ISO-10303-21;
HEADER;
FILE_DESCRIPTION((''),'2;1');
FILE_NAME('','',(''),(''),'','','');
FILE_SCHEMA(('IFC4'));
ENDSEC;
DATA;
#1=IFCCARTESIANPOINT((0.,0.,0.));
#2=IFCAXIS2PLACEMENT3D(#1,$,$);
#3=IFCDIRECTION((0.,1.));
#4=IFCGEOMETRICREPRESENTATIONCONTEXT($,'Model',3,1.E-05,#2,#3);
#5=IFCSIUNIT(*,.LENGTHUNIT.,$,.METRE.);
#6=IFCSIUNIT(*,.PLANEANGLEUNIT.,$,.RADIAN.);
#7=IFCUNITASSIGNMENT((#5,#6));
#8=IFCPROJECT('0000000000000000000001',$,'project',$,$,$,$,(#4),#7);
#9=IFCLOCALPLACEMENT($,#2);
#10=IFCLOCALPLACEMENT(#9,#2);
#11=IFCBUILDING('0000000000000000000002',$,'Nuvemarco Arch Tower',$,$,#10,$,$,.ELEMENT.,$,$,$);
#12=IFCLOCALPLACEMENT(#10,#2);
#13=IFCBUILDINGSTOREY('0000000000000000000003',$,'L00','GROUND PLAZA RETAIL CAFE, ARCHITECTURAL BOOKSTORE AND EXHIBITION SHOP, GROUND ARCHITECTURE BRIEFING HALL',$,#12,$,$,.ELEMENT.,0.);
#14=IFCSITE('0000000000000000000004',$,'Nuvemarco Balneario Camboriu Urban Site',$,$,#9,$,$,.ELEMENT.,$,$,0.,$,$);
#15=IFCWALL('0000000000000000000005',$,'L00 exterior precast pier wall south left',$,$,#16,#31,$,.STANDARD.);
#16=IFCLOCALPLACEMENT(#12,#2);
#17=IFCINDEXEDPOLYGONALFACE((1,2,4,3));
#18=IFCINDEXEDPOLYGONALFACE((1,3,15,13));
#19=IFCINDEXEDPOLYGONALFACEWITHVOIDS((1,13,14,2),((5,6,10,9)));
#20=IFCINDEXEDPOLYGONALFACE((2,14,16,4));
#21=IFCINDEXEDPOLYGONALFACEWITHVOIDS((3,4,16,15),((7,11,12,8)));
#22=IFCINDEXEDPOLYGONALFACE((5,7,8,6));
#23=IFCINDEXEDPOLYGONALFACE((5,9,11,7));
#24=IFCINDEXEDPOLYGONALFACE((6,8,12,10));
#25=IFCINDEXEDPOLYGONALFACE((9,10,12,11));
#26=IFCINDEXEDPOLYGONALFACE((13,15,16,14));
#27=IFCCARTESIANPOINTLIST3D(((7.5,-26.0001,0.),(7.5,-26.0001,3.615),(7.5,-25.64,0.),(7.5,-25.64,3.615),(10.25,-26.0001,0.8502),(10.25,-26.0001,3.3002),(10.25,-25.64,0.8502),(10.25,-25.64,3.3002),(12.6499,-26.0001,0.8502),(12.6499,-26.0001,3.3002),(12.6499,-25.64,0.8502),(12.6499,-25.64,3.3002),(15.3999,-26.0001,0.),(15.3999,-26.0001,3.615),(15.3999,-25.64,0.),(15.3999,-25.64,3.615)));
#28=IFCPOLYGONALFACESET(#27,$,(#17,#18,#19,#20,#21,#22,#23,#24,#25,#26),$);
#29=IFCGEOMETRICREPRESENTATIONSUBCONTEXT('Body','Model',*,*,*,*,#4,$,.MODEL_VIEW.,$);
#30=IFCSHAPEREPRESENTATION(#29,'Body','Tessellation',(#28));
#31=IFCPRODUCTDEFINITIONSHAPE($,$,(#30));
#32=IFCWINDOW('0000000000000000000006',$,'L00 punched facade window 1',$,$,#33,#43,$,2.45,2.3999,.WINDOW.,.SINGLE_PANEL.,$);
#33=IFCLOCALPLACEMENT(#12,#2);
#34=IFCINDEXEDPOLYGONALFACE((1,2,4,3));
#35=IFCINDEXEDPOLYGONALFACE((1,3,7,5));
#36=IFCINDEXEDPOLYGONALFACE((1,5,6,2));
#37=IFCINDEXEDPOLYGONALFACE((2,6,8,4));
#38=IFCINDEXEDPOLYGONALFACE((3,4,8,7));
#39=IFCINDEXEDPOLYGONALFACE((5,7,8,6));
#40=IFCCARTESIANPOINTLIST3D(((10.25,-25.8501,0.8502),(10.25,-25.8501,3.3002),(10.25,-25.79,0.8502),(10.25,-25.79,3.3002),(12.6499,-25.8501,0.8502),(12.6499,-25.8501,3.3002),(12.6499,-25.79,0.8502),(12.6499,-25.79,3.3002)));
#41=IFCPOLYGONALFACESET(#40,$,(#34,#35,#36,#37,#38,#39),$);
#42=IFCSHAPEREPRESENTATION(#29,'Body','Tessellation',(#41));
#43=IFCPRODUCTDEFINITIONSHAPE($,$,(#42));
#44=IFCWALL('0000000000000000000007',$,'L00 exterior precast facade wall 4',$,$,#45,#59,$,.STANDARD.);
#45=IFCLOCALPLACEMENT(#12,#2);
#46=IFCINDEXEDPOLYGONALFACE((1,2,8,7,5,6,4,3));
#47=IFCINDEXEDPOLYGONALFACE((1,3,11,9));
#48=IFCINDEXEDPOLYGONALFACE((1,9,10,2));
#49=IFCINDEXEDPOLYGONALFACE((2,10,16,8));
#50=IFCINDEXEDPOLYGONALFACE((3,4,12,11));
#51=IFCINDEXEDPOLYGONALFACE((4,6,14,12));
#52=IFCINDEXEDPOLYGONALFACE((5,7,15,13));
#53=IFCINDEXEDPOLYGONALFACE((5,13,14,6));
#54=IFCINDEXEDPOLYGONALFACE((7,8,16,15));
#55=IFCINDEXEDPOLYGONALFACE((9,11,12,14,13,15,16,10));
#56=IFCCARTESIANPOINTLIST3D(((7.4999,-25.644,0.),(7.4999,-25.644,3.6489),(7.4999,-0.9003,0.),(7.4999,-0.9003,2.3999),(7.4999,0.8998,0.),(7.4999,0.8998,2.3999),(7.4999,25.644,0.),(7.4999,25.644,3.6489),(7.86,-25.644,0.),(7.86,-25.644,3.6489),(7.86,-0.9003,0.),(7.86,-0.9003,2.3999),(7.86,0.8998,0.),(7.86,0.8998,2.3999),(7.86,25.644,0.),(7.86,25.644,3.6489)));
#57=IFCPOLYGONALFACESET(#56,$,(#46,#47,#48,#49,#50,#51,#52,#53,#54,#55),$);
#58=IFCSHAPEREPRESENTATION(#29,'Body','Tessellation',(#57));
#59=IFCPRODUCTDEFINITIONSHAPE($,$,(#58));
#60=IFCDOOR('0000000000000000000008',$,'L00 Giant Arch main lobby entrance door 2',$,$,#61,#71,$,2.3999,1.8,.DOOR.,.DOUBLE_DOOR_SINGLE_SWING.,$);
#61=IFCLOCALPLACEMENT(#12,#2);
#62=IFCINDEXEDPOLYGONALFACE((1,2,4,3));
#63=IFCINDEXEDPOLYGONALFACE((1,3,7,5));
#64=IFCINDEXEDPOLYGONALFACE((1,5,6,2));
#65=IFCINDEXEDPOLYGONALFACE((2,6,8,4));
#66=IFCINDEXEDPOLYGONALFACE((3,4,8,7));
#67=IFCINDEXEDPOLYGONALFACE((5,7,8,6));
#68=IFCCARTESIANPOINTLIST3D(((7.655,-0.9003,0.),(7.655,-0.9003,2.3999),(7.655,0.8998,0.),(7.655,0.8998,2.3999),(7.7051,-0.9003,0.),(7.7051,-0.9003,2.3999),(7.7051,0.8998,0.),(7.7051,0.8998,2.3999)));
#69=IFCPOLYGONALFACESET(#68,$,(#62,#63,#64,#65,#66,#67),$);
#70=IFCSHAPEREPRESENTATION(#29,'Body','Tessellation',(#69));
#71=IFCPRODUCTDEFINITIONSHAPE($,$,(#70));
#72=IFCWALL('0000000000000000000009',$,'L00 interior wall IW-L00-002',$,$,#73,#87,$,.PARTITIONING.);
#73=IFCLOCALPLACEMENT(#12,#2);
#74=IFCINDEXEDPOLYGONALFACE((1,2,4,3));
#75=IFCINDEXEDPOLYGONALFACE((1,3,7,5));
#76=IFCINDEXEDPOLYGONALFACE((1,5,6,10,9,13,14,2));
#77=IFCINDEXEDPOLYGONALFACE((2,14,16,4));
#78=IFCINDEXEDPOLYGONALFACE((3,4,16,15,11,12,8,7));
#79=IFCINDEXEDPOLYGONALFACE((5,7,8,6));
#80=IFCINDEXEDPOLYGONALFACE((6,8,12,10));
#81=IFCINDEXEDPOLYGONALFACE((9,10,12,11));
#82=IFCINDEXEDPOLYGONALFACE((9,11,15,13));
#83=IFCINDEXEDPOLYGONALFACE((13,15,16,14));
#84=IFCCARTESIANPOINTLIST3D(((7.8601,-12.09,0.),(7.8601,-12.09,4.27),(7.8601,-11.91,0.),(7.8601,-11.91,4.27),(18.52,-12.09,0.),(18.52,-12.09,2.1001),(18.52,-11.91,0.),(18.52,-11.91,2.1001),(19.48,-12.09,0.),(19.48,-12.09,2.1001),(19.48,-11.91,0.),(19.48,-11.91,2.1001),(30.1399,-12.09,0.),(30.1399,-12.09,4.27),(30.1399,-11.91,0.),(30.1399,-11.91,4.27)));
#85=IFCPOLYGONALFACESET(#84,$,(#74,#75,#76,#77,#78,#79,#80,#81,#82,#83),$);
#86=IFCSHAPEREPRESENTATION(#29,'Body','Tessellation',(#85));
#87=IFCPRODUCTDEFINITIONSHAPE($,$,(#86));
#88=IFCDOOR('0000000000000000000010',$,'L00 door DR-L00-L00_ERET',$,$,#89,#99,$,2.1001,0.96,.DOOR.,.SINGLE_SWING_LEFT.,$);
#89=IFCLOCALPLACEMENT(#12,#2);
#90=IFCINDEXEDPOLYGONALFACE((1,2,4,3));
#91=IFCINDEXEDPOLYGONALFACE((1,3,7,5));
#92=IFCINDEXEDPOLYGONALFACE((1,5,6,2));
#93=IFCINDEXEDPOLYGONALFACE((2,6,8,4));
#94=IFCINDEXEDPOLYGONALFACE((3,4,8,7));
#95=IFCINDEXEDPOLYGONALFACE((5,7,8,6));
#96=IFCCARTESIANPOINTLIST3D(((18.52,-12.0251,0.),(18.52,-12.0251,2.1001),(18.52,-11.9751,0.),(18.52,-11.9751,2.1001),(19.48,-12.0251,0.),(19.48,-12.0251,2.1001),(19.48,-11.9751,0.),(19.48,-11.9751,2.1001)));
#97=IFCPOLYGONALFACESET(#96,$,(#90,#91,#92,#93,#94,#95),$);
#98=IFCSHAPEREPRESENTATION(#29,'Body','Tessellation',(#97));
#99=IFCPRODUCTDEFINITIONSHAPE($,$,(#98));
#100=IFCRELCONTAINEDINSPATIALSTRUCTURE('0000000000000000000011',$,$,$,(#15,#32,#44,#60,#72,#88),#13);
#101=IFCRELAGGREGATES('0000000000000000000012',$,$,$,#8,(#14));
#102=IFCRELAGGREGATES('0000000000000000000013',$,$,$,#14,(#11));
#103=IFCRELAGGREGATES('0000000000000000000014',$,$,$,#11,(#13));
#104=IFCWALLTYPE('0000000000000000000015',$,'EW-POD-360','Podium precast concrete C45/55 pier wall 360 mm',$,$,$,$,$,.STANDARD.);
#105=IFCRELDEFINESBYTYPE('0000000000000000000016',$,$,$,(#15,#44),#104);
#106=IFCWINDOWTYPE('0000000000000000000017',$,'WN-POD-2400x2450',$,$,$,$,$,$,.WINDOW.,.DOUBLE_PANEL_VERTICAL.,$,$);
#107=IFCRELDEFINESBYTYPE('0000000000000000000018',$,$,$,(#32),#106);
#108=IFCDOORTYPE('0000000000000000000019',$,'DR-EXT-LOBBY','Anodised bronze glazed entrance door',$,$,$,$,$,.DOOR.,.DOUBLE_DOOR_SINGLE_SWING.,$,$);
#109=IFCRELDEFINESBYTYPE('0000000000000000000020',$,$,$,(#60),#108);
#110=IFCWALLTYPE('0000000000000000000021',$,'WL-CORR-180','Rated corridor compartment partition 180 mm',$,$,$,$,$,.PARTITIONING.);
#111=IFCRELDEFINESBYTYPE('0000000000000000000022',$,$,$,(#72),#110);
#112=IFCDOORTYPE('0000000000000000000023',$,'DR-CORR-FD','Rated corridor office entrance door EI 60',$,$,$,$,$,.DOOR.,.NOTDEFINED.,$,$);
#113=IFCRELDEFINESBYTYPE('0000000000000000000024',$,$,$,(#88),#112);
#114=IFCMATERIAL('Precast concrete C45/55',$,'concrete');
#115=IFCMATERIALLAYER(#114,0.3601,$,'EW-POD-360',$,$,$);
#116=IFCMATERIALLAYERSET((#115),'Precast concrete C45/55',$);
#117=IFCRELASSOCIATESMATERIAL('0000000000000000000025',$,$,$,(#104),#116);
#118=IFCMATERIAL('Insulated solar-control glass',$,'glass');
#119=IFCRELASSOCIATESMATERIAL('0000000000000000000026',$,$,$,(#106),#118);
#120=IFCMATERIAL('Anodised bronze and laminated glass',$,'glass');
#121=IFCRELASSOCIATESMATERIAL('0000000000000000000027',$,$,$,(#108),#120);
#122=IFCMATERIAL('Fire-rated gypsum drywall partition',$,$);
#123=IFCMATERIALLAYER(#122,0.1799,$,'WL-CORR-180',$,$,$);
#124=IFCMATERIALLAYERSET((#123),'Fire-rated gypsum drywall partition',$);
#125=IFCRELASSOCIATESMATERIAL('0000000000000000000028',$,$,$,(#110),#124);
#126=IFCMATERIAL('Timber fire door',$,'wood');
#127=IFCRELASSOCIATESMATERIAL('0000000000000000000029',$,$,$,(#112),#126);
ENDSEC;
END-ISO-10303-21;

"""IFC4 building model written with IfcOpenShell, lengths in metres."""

from ifc_helpers import new_model, si_unit, direction, frame, frame_2d, origin, place, context, subcontext, project, spatial, rectangle, extrude, source, transform, mapped, material, layer, layer_set, type_object, type_shapes, element, fill, save


model = new_model("IFC4")

# Units and contexts
model_context = context("Model", 3, precision=1e-05, world=origin(), true_north=direction((0.0, 1.0)))
body_context = subcontext(model_context, "Body", "Model", "MODEL_VIEW")
ifc_project = project(units=[si_unit("LENGTHUNIT", "METRE"), si_unit("PLANEANGLEUNIT", "RADIAN")], contexts=[model_context])

# Site, building, storey
site_placement = place(None, origin())
site = spatial("IfcSite", under=ifc_project, at=site_placement, Name="Nuvemarco Balneario Camboriu Urban Site", CompositionType="ELEMENT", RefElevation=0.0)
building_placement = place(site_placement, origin())
building = spatial("IfcBuilding", under=site, at=building_placement, Name="Nuvemarco Arch Tower", CompositionType="ELEMENT")
storey_placement = place(building_placement, origin())
storey = spatial("IfcBuildingStorey", under=building, at=storey_placement, Name="L00", Description="GROUND PLAZA RETAIL CAFE, ARCHITECTURAL BOOKSTORE AND EXHIBITION SHOP, GROUND ARCHITECTURE BRIEFING HALL", CompositionType="ELEMENT", Elevation=0.0)

# Shared definitions
ifc_material_1 = material(Name="Precast concrete C45/55", Category="concrete")

# Wall, opening, window
ifc_layer_1 = layer(ifc_material_1, 0.3601, Name="EW-POD-360")
ifc_layer_set_1 = layer_set([ifc_layer_1], Name="Precast concrete C45/55")
wall_type_1 = type_object("IfcWallType", Name="EW-POD-360", Description="Podium precast concrete C45/55 pier wall 360 mm", PredefinedType="STANDARD", material=ifc_layer_set_1)
wall_1_placement = place(storey_placement, frame((7.5, -25.8201, 0.0), z_axis=(0.0, 0.0, 1.0), x_axis=(1.0, 0.0, 0.0)))
wall_1 = element("IfcWall", 1, at=wall_1_placement, inside=storey, type_object=wall_type_1, Name="L00 exterior precast pier wall south left", PredefinedType="STANDARD", context=body_context, shape_type="SweptSolid", body=[
    extrude(rectangle(XDim=7.8999, YDim=0.3601, at=frame_2d((3.95, 0.0))), origin(), (0.0, 0.0, 1.0), 3.615),
])
opening_1_placement = place(wall_1_placement, frame((2.75, 0.0, 0.8501)))
opening_1 = element("IfcOpeningElement", 2, at=opening_1_placement, cuts=wall_1, PredefinedType="OPENING", context=body_context, shape_type="SweptSolid", body=[
    extrude(rectangle(XDim=2.3999, YDim=2.45, at=frame_2d((1.2, 1.2251))), frame((0.0, 0.1899, 0.0), z_axis=(0.0, -1.0, 0.0), x_axis=(1.0, 0.0, 0.0)), (0.0, 0.0, 1.0), 0.3801),
])
ifc_material_2 = material(Name="Insulated solar-control glass", Category="glass")
window_type = type_object("IfcWindowType", Name="WN-POD-2400x2450", PartitioningType="DOUBLE_PANEL_VERTICAL", PredefinedType="WINDOW", material=ifc_material_2)
shared_shape_1 = source(origin(), body_context, "Body", "SweptSolid", [
    extrude(rectangle(XDim=2.3999, YDim=2.45, at=frame_2d((1.2, 1.2251))), frame((0.0, 0.03, 0.0), z_axis=(0.0, -1.0, 0.0), x_axis=(1.0, 0.0, 0.0)), (0.0, 0.0, 1.0), 0.0601),
])
type_shapes(window_type, [shared_shape_1])
window_placement = place(opening_1_placement, origin())
window = element("IfcWindow", 3, at=window_placement, inside=storey, type_object=window_type, Name="L00 punched facade window 1", OverallHeight=2.45, OverallWidth=2.3999, PartitioningType="SINGLE_PANEL", PredefinedType="WINDOW", context=body_context, shape_type="MappedRepresentation", body=[
    mapped(shared_shape_1, transform((0.0, 0.0, 0.0), scale=1.0)),
])
fill(opening_1, window)

# Walls, openings, doors
wall_2_placement = place(storey_placement, frame((7.6799, -25.644, 0.0), z_axis=(0.0, 0.0, 1.0), x_axis=(0.0, 1.0, 0.0)))
wall_2 = element("IfcWall", 4, at=wall_2_placement, inside=storey, type_object=wall_type_1, Name="L00 exterior precast facade wall 4", PredefinedType="STANDARD", context=body_context, shape_type="SweptSolid", body=[
    extrude(rectangle(XDim=51.2881, YDim=0.3601, at=frame_2d((25.644, 0.0))), origin(), (0.0, 0.0, 1.0), 3.6489),
])
opening_2_placement = place(wall_2_placement, frame((24.7439, 0.0, 0.0)))
opening_2 = element("IfcOpeningElement", 5, at=opening_2_placement, cuts=wall_2, PredefinedType="OPENING", context=body_context, shape_type="SweptSolid", body=[
    extrude(rectangle(XDim=1.8, YDim=2.3999, at=frame_2d((0.8999, 1.2))), frame((0.0, 0.1899, 0.0), z_axis=(0.0, -1.0, 0.0), x_axis=(1.0, 0.0, 0.0)), (0.0, 0.0, 1.0), 0.3801),
])
ifc_material_3 = material(Name="Anodised bronze and laminated glass", Category="glass")
door_type_1 = type_object("IfcDoorType", Name="DR-EXT-LOBBY", Description="Anodised bronze glazed entrance door", OperationType="DOUBLE_DOOR_SINGLE_SWING", PredefinedType="DOOR", material=ifc_material_3)
shared_shape_2 = source(origin(), body_context, "Body", "SweptSolid", [
    extrude(rectangle(XDim=1.8, YDim=2.3999, at=frame_2d((0.8999, 1.2))), frame((0.0, 0.0249, 0.0), z_axis=(0.0, -1.0, 0.0), x_axis=(1.0, 0.0, 0.0)), (0.0, 0.0, 1.0), 0.05),
])
type_shapes(door_type_1, [shared_shape_2])
door_1_placement = place(opening_2_placement, origin())
door_1 = element("IfcDoor", 6, at=door_1_placement, inside=storey, type_object=door_type_1, Name="L00 Giant Arch main lobby entrance door 2", OperationType="DOUBLE_DOOR_SINGLE_SWING", OverallHeight=2.3999, OverallWidth=1.8, PredefinedType="DOOR", context=body_context, shape_type="MappedRepresentation", body=[
    mapped(shared_shape_2, transform((0.0, 0.0, 0.0), scale=1.0)),
])
fill(opening_2, door_1)
ifc_material_4 = material(Name="Fire-rated gypsum drywall partition")
ifc_layer_2 = layer(ifc_material_4, 0.1799, Name="WL-CORR-180")
ifc_layer_set_2 = layer_set([ifc_layer_2], Name="Fire-rated gypsum drywall partition")
wall_type_2 = type_object("IfcWallType", Name="WL-CORR-180", Description="Rated corridor compartment partition 180 mm", PredefinedType="PARTITIONING", material=ifc_layer_set_2)
wall_3_placement = place(storey_placement, frame((7.8601, -12.0, 0.0), z_axis=(0.0, 0.0, 1.0), x_axis=(1.0, 0.0, 0.0)))
wall_3 = element("IfcWall", 7, at=wall_3_placement, inside=storey, type_object=wall_type_2, Name="L00 interior wall IW-L00-002", PredefinedType="PARTITIONING", context=body_context, shape_type="SweptSolid", body=[
    extrude(rectangle(XDim=22.2798, YDim=0.1799, at=frame_2d((11.1399, 0.0))), origin(), (0.0, 0.0, 1.0), 4.27),
])
opening_3_placement = place(wall_3_placement, frame((10.6599, 0.0, 0.0)))
opening_3 = element("IfcOpeningElement", 8, at=opening_3_placement, cuts=wall_3, PredefinedType="OPENING", context=body_context, shape_type="SweptSolid", body=[
    extrude(rectangle(XDim=0.96, YDim=2.1001, at=frame_2d((0.48, 1.05))), frame((0.0, 0.0999, 0.0), z_axis=(0.0, -1.0, 0.0), x_axis=(1.0, 0.0, 0.0)), (0.0, 0.0, 1.0), 0.2),
])
ifc_material_5 = material(Name="Timber fire door", Category="wood")
door_type_2 = type_object("IfcDoorType", Name="DR-CORR-FD", Description="Rated corridor office entrance door EI 60", OperationType="NOTDEFINED", PredefinedType="DOOR", material=ifc_material_5)
shared_shape_3 = source(origin(), body_context, "Body", "SweptSolid", [
    extrude(rectangle(XDim=0.96, YDim=2.1001, at=frame_2d((0.48, 1.05))), frame((0.0, 0.0249, 0.0), z_axis=(0.0, -1.0, 0.0), x_axis=(1.0, 0.0, 0.0)), (0.0, 0.0, 1.0), 0.05),
])
type_shapes(door_type_2, [shared_shape_3])
door_2_placement = place(opening_3_placement, origin())
door_2 = element("IfcDoor", 9, at=door_2_placement, inside=storey, type_object=door_type_2, Name="L00 door DR-L00-L00_ERET", OperationType="SINGLE_SWING_LEFT", OverallHeight=2.1001, OverallWidth=0.96, PredefinedType="DOOR", context=body_context, shape_type="MappedRepresentation", body=[
    mapped(shared_shape_3, transform((0.0, 0.0, 0.0), scale=1.0)),
])
fill(opening_3, door_2)

save(model, "model.ifc")
